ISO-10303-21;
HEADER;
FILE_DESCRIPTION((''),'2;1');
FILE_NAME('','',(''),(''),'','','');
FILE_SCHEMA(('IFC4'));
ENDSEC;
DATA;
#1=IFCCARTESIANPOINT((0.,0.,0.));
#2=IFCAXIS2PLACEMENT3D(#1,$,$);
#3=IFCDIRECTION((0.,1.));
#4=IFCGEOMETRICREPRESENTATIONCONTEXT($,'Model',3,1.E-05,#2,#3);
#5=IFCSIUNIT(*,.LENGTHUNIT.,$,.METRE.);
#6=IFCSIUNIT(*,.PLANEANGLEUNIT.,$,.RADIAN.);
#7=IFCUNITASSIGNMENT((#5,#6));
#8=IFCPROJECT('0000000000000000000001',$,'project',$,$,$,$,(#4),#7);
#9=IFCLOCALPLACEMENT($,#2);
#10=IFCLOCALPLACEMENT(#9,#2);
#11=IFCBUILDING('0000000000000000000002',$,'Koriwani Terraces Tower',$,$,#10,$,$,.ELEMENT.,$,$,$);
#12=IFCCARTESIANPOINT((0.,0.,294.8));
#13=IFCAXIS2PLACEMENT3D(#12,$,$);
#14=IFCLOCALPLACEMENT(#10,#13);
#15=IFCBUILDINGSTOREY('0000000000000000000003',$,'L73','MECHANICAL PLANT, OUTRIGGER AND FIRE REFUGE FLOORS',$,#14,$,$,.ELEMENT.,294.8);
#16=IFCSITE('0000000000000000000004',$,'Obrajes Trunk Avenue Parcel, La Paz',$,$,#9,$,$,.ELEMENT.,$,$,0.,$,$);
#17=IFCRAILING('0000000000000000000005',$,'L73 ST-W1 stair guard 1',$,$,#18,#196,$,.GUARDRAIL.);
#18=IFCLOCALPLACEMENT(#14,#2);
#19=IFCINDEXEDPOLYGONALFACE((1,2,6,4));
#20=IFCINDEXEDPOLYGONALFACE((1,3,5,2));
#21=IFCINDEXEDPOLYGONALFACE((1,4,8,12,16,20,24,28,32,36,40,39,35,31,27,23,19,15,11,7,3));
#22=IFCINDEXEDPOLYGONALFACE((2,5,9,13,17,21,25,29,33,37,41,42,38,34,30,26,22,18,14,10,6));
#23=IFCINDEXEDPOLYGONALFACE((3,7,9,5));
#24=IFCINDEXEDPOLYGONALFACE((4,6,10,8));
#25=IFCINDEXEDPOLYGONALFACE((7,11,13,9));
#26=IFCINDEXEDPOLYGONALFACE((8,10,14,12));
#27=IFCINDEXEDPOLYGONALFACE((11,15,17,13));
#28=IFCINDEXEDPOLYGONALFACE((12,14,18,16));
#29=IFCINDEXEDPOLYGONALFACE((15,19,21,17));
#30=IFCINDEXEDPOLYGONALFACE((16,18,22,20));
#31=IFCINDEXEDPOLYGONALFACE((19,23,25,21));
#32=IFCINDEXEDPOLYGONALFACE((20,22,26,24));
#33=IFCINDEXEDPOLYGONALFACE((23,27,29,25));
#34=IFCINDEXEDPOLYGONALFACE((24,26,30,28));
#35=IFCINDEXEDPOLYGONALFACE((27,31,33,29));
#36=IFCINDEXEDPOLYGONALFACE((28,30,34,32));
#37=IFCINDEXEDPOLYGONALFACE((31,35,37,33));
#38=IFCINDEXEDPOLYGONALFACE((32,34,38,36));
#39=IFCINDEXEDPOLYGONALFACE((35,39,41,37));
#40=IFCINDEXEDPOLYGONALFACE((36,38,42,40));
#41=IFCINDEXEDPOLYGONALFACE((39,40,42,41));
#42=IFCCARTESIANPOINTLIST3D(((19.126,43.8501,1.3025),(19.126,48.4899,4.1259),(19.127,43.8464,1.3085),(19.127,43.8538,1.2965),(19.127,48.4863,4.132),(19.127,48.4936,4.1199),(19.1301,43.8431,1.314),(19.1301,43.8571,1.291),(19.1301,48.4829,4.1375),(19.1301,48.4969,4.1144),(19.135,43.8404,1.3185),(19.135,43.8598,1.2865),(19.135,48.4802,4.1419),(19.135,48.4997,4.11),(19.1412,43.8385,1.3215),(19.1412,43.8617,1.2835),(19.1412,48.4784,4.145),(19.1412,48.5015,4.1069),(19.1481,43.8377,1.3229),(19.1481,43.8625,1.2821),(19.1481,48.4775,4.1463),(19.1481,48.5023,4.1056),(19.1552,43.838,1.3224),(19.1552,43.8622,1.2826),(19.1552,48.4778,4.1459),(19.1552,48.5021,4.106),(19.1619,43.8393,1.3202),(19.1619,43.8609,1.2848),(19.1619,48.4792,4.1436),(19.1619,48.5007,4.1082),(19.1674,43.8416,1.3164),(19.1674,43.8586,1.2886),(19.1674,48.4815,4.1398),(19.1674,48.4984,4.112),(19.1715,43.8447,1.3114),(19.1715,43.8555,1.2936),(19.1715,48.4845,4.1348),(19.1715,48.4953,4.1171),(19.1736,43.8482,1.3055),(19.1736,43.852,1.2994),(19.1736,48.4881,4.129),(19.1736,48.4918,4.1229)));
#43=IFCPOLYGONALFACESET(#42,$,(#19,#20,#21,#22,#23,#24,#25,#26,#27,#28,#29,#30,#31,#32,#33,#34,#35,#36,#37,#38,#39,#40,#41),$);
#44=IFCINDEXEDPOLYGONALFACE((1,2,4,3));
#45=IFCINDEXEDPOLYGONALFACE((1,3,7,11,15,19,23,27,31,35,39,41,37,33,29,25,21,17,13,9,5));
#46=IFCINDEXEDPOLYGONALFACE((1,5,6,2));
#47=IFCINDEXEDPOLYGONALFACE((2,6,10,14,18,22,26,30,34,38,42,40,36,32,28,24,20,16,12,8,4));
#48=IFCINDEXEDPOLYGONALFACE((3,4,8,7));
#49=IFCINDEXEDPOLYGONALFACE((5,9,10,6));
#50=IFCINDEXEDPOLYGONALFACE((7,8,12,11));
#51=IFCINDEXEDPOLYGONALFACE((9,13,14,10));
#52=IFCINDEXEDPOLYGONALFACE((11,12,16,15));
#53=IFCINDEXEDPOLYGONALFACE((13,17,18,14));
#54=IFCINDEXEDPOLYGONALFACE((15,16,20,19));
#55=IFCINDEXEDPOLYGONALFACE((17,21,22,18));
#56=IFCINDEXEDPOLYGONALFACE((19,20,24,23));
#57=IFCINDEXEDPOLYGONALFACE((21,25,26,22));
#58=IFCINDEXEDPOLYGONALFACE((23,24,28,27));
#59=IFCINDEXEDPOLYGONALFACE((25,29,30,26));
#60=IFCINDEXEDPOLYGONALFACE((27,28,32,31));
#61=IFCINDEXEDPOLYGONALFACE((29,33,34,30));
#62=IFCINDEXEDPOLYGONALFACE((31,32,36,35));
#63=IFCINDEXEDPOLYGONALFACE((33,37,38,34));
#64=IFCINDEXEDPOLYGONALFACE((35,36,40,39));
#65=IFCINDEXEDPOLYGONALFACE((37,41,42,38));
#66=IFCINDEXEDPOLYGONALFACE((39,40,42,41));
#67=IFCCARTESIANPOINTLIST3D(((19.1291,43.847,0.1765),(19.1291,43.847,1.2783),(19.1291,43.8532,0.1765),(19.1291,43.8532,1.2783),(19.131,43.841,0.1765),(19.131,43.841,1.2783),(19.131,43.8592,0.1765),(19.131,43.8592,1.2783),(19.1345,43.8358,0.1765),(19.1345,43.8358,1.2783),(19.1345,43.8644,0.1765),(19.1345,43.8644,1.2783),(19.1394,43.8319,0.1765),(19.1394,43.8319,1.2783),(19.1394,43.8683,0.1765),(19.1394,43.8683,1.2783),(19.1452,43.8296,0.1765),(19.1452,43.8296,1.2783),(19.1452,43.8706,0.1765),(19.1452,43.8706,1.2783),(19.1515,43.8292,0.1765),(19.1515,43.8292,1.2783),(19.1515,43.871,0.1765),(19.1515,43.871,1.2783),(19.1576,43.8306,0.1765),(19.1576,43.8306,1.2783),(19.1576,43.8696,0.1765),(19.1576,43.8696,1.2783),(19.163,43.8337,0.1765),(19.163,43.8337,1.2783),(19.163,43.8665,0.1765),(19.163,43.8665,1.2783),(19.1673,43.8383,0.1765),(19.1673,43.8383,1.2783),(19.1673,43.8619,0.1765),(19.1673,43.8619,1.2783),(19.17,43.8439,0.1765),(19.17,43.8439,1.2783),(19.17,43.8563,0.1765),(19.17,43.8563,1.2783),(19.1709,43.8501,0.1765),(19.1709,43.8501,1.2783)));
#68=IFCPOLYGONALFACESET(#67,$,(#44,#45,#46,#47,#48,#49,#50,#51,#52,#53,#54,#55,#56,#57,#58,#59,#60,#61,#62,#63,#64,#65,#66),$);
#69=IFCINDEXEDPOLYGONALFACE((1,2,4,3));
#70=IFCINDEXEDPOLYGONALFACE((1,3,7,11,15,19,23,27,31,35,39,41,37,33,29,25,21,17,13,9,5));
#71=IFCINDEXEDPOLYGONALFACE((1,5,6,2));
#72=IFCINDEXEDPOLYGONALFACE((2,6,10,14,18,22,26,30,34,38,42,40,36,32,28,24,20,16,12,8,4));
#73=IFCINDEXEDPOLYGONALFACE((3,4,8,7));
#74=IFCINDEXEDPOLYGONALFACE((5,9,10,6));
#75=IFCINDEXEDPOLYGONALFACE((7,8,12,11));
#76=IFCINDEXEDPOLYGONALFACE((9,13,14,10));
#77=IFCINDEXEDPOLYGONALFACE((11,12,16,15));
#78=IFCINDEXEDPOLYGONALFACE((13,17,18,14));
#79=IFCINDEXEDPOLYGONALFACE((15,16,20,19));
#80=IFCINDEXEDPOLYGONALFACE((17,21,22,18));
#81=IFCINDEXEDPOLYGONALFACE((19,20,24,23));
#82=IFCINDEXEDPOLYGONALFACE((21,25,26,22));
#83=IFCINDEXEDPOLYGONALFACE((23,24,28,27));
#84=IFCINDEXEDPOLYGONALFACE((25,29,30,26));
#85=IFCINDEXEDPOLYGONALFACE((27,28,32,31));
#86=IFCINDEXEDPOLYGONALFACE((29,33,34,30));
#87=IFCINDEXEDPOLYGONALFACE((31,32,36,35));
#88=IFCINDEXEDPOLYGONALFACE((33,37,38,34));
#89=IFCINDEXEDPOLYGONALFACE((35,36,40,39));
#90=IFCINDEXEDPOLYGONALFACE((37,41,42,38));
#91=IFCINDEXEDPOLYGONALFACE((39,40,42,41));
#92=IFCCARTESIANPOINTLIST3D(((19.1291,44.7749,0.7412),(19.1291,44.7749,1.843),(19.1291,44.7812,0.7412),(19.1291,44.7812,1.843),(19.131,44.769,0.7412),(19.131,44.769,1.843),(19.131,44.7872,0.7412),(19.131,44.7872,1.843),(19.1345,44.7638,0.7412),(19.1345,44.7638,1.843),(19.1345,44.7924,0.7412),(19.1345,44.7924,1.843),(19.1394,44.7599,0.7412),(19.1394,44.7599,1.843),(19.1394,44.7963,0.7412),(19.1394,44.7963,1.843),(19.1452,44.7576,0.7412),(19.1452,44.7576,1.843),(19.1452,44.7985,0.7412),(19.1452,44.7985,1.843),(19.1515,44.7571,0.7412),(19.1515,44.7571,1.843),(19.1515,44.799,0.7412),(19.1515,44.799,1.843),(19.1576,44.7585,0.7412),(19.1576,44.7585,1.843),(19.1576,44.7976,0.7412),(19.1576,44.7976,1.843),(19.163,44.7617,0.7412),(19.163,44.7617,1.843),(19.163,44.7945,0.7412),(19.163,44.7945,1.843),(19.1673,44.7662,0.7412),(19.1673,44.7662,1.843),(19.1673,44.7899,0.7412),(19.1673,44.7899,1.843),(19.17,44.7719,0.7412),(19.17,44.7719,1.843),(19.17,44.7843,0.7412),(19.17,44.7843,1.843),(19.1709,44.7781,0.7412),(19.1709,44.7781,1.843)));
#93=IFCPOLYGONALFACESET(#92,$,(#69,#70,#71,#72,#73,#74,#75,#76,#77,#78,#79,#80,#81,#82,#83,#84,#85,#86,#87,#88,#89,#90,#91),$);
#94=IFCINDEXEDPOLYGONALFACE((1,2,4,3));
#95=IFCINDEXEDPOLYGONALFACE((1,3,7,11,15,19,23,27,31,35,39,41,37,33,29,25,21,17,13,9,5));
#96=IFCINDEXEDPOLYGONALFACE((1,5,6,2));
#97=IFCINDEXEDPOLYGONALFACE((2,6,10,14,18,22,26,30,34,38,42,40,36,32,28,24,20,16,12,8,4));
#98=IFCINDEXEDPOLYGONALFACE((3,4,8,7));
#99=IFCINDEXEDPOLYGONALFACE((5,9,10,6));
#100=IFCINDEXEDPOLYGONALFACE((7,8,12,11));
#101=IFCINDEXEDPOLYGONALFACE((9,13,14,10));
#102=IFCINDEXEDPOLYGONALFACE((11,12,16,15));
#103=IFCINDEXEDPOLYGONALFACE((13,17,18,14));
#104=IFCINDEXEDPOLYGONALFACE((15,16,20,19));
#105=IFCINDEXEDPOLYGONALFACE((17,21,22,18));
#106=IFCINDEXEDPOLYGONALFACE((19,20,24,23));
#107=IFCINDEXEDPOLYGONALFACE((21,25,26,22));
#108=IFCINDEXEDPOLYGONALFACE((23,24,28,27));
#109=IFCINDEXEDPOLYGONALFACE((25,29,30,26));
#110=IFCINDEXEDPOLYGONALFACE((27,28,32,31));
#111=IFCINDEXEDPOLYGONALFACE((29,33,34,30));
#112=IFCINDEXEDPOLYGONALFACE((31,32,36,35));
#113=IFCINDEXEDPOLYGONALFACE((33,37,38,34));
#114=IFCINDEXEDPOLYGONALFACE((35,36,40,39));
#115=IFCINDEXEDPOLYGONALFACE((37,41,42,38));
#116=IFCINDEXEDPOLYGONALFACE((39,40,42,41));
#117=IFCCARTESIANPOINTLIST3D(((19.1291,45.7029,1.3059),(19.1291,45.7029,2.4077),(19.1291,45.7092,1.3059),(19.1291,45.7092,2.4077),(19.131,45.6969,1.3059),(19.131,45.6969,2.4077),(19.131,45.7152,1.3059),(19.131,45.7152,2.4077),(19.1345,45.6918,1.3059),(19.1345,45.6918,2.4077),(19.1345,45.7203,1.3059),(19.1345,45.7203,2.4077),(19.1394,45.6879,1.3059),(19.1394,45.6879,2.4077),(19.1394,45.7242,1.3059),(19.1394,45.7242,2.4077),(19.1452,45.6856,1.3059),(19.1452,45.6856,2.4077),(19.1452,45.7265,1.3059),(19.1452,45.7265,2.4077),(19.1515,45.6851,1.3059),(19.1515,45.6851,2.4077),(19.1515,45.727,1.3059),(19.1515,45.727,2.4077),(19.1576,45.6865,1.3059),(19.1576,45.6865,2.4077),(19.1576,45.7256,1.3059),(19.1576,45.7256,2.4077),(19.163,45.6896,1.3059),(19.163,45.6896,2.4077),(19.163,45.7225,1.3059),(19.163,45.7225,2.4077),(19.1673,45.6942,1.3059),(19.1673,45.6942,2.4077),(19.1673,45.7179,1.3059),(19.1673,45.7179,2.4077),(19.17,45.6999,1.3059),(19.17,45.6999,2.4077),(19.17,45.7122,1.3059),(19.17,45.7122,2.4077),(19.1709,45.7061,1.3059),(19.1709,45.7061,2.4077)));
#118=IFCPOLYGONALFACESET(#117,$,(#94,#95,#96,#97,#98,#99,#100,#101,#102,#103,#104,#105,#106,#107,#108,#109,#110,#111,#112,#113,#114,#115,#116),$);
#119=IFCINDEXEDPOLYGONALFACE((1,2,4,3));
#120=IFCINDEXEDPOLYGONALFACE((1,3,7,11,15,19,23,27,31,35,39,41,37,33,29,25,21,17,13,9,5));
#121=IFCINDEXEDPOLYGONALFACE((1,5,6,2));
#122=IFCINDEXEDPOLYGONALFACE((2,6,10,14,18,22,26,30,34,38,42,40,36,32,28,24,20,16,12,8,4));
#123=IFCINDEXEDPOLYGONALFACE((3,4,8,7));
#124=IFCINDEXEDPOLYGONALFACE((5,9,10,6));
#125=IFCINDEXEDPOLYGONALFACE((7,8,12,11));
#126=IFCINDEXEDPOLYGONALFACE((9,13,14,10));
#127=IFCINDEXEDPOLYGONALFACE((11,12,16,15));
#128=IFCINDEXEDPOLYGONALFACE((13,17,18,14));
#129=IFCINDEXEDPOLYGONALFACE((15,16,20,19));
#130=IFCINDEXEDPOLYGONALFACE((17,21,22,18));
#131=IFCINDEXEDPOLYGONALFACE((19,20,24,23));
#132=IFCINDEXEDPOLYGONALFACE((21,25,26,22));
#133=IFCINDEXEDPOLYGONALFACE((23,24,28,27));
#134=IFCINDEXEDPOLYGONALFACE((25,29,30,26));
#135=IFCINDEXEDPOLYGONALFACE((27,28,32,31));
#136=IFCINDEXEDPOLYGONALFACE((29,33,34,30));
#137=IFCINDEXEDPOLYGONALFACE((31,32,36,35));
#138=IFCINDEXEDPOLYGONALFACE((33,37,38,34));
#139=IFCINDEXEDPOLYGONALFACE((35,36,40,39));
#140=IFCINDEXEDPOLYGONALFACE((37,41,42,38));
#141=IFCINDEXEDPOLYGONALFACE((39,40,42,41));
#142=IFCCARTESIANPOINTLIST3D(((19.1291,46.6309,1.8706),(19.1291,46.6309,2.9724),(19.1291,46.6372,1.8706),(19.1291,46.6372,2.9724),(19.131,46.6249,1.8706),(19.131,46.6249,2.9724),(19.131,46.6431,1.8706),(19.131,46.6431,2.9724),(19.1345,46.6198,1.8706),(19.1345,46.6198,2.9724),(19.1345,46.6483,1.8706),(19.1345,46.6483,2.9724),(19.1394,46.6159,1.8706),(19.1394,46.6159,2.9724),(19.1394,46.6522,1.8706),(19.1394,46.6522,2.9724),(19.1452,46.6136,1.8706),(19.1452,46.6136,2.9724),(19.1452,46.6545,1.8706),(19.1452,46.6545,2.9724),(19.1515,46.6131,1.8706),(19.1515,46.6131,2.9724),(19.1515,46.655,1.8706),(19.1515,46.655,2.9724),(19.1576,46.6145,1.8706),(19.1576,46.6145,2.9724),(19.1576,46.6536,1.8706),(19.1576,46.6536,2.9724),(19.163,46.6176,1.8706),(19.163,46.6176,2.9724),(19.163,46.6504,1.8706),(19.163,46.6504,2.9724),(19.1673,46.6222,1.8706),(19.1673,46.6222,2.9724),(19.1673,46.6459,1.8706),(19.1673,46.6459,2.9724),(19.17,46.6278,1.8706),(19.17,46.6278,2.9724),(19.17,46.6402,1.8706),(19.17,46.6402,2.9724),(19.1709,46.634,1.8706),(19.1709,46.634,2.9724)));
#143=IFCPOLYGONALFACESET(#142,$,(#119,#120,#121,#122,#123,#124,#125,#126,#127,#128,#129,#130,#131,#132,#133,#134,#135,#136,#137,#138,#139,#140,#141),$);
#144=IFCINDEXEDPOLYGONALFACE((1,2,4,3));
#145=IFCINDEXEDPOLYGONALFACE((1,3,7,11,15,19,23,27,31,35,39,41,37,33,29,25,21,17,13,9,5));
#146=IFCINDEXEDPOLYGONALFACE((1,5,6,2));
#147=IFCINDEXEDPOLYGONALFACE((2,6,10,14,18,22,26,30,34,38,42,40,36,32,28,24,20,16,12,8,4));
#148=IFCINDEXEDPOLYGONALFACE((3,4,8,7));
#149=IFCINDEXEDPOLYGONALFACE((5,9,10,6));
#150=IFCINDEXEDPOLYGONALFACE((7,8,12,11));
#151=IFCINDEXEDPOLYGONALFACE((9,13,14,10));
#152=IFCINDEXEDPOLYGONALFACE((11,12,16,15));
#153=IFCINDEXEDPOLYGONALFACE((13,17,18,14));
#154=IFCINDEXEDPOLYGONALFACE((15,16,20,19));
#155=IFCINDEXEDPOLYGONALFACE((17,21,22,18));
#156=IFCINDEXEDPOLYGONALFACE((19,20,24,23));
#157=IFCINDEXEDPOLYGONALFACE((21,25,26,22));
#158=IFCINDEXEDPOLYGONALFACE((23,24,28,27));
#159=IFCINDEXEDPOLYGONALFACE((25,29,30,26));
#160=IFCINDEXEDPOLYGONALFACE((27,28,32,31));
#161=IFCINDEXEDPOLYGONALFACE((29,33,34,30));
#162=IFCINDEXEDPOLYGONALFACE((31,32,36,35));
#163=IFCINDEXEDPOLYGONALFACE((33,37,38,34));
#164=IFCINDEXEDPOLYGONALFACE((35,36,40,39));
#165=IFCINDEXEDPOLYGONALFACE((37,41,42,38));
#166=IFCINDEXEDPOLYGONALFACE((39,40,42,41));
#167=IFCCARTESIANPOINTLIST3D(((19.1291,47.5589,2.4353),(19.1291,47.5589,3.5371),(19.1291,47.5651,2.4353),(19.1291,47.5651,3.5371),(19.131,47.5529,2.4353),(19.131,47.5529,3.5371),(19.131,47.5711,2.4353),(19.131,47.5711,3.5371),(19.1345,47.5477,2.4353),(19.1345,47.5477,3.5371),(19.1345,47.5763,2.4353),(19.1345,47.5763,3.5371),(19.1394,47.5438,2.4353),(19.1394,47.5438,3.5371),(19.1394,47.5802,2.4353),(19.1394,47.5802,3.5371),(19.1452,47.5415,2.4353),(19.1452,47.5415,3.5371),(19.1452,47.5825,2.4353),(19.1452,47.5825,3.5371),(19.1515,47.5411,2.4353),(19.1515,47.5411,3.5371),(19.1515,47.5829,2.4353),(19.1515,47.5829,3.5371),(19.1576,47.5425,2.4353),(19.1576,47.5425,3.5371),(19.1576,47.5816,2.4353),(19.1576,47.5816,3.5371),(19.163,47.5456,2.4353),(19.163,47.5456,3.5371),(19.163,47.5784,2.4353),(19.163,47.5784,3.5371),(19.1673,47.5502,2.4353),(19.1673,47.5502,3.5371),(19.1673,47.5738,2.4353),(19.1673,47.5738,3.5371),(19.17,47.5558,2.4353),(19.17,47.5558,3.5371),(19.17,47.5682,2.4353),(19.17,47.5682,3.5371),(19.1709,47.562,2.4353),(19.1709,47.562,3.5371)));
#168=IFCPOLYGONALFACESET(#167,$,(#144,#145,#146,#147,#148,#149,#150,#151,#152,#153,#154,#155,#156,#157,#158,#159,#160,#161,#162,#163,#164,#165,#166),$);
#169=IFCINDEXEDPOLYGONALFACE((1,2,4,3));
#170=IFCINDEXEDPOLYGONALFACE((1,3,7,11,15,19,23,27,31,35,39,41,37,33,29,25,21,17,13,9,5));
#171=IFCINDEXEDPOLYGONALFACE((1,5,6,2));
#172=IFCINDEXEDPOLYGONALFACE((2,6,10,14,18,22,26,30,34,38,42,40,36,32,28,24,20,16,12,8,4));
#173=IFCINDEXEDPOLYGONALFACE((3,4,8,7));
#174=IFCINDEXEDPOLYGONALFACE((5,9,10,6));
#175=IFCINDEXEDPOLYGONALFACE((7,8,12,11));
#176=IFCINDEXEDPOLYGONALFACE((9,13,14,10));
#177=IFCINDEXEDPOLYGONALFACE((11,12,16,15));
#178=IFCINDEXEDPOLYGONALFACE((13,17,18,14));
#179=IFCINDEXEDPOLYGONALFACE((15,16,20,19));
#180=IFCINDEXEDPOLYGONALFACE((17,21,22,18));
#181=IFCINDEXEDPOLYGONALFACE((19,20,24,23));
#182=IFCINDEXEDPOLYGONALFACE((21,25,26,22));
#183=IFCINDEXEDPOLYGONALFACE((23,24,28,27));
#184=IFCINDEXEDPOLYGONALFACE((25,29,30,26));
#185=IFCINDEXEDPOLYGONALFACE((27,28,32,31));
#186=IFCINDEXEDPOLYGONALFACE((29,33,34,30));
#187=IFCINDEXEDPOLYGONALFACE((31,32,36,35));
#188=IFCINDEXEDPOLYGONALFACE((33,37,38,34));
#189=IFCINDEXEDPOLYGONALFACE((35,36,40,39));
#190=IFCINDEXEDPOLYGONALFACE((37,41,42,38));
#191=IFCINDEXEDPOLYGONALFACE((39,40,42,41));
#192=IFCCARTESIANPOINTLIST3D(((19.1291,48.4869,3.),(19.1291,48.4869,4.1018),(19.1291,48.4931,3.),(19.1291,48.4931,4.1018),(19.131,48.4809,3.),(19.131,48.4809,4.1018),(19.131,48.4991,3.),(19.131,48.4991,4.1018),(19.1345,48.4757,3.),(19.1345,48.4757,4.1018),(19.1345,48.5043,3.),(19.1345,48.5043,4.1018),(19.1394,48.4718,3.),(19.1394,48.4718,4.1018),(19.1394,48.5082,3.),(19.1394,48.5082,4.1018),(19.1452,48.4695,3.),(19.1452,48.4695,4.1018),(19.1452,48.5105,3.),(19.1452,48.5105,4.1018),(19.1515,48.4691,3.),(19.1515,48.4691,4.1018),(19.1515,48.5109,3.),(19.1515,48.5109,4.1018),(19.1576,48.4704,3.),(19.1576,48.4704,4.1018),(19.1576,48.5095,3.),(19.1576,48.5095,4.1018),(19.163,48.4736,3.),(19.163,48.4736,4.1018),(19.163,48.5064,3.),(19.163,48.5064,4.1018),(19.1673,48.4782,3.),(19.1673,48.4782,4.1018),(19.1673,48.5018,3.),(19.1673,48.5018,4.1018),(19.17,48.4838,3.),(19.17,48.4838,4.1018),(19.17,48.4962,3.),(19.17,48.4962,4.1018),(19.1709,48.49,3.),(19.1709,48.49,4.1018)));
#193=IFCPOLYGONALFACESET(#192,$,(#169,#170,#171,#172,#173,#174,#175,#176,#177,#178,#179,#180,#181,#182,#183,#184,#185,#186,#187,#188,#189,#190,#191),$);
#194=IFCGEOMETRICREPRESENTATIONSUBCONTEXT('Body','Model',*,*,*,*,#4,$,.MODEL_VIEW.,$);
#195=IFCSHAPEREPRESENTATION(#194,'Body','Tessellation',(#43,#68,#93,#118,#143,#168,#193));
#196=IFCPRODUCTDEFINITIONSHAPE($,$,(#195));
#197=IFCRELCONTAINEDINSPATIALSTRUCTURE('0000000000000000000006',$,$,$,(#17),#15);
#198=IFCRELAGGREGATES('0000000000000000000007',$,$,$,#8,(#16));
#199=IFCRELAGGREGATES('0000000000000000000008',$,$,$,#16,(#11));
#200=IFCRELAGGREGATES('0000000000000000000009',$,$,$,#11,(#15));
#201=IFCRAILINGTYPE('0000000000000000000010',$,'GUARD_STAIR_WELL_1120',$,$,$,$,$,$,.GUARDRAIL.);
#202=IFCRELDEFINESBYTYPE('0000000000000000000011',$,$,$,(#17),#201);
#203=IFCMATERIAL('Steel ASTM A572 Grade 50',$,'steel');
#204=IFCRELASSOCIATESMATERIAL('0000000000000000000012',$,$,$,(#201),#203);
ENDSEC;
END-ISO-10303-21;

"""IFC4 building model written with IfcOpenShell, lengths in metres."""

from ifc_helpers import new_model, si_unit, direction, frame, origin, origin_2d, place, context, subcontext, project, spatial, circle, extrude, material, type_object, element, save


model = new_model("IFC4")

# Units and contexts
model_context = context("Model", 3, precision=1e-05, world=origin(), true_north=direction((0.0, 1.0)))
body_context = subcontext(model_context, "Body", "Model", "MODEL_VIEW")
ifc_project = project(units=[si_unit("LENGTHUNIT", "METRE"), si_unit("PLANEANGLEUNIT", "RADIAN")], contexts=[model_context])

# Site, building, storey
site_placement = place(None, origin())
site = spatial("IfcSite", under=ifc_project, at=site_placement, Name="Obrajes Trunk Avenue Parcel, La Paz", CompositionType="ELEMENT", RefElevation=0.0)
building_placement = place(site_placement, origin())
building = spatial("IfcBuilding", under=site, at=building_placement, Name="Koriwani Terraces Tower", CompositionType="ELEMENT")
storey_placement = place(building_placement, frame((0.0, 0.0, 294.8)))
storey = spatial("IfcBuildingStorey", under=building, at=storey_placement, Name="L73", Description="MECHANICAL PLANT, OUTRIGGER AND FIRE REFUGE FLOORS", CompositionType="ELEMENT", Elevation=294.8)

# Shared definitions
ifc_material_1 = material(Name="Steel ASTM A572 Grade 50", Category="steel")

# Railing
railing_type_1 = type_object("IfcRailingType", Name="GUARD_STAIR_WELL_1120", PredefinedType="GUARDRAIL", material=ifc_material_1)
railing_1_placement = place(storey_placement, frame((19.1499, 43.8501, 0.1765)))
element("IfcRailing", 1, at=railing_1_placement, inside=storey, type_object=railing_type_1, Name="L73 ST-W1 stair guard 1", PredefinedType="GUARDRAIL", context=body_context, shape_type="SweptSolid", body=[
    extrude(circle(Radius=0.0239, at=origin_2d()), frame((0.0, 0.0, 1.126), z_axis=(0.0, 0.854264, 0.51984), x_axis=(-1.0, 0.0, 0.0)), (0.0, 0.0, 1.0), 5.4314),
    extrude(circle(Radius=0.021, at=origin_2d()), origin(), (0.0, 0.0, 1.0), 1.1018),
    extrude(circle(Radius=0.021, at=origin_2d()), frame((0.0, 0.928, 0.5647)), (0.0, 0.0, 1.0), 1.1018),
    extrude(circle(Radius=0.021, at=origin_2d()), frame((0.0, 1.856, 1.1294)), (0.0, 0.0, 1.0), 1.1018),
    extrude(circle(Radius=0.021, at=origin_2d()), frame((0.0, 2.7839, 1.6941)), (0.0, 0.0, 1.0), 1.1018),
    extrude(circle(Radius=0.021, at=origin_2d()), frame((0.0, 3.7119, 2.2588)), (0.0, 0.0, 1.0), 1.1018),
    extrude(circle(Radius=0.021, at=origin_2d()), frame((0.0, 4.6399, 2.8235)), (0.0, 0.0, 1.0), 1.1018),
])

save(model, "model.ifc")
